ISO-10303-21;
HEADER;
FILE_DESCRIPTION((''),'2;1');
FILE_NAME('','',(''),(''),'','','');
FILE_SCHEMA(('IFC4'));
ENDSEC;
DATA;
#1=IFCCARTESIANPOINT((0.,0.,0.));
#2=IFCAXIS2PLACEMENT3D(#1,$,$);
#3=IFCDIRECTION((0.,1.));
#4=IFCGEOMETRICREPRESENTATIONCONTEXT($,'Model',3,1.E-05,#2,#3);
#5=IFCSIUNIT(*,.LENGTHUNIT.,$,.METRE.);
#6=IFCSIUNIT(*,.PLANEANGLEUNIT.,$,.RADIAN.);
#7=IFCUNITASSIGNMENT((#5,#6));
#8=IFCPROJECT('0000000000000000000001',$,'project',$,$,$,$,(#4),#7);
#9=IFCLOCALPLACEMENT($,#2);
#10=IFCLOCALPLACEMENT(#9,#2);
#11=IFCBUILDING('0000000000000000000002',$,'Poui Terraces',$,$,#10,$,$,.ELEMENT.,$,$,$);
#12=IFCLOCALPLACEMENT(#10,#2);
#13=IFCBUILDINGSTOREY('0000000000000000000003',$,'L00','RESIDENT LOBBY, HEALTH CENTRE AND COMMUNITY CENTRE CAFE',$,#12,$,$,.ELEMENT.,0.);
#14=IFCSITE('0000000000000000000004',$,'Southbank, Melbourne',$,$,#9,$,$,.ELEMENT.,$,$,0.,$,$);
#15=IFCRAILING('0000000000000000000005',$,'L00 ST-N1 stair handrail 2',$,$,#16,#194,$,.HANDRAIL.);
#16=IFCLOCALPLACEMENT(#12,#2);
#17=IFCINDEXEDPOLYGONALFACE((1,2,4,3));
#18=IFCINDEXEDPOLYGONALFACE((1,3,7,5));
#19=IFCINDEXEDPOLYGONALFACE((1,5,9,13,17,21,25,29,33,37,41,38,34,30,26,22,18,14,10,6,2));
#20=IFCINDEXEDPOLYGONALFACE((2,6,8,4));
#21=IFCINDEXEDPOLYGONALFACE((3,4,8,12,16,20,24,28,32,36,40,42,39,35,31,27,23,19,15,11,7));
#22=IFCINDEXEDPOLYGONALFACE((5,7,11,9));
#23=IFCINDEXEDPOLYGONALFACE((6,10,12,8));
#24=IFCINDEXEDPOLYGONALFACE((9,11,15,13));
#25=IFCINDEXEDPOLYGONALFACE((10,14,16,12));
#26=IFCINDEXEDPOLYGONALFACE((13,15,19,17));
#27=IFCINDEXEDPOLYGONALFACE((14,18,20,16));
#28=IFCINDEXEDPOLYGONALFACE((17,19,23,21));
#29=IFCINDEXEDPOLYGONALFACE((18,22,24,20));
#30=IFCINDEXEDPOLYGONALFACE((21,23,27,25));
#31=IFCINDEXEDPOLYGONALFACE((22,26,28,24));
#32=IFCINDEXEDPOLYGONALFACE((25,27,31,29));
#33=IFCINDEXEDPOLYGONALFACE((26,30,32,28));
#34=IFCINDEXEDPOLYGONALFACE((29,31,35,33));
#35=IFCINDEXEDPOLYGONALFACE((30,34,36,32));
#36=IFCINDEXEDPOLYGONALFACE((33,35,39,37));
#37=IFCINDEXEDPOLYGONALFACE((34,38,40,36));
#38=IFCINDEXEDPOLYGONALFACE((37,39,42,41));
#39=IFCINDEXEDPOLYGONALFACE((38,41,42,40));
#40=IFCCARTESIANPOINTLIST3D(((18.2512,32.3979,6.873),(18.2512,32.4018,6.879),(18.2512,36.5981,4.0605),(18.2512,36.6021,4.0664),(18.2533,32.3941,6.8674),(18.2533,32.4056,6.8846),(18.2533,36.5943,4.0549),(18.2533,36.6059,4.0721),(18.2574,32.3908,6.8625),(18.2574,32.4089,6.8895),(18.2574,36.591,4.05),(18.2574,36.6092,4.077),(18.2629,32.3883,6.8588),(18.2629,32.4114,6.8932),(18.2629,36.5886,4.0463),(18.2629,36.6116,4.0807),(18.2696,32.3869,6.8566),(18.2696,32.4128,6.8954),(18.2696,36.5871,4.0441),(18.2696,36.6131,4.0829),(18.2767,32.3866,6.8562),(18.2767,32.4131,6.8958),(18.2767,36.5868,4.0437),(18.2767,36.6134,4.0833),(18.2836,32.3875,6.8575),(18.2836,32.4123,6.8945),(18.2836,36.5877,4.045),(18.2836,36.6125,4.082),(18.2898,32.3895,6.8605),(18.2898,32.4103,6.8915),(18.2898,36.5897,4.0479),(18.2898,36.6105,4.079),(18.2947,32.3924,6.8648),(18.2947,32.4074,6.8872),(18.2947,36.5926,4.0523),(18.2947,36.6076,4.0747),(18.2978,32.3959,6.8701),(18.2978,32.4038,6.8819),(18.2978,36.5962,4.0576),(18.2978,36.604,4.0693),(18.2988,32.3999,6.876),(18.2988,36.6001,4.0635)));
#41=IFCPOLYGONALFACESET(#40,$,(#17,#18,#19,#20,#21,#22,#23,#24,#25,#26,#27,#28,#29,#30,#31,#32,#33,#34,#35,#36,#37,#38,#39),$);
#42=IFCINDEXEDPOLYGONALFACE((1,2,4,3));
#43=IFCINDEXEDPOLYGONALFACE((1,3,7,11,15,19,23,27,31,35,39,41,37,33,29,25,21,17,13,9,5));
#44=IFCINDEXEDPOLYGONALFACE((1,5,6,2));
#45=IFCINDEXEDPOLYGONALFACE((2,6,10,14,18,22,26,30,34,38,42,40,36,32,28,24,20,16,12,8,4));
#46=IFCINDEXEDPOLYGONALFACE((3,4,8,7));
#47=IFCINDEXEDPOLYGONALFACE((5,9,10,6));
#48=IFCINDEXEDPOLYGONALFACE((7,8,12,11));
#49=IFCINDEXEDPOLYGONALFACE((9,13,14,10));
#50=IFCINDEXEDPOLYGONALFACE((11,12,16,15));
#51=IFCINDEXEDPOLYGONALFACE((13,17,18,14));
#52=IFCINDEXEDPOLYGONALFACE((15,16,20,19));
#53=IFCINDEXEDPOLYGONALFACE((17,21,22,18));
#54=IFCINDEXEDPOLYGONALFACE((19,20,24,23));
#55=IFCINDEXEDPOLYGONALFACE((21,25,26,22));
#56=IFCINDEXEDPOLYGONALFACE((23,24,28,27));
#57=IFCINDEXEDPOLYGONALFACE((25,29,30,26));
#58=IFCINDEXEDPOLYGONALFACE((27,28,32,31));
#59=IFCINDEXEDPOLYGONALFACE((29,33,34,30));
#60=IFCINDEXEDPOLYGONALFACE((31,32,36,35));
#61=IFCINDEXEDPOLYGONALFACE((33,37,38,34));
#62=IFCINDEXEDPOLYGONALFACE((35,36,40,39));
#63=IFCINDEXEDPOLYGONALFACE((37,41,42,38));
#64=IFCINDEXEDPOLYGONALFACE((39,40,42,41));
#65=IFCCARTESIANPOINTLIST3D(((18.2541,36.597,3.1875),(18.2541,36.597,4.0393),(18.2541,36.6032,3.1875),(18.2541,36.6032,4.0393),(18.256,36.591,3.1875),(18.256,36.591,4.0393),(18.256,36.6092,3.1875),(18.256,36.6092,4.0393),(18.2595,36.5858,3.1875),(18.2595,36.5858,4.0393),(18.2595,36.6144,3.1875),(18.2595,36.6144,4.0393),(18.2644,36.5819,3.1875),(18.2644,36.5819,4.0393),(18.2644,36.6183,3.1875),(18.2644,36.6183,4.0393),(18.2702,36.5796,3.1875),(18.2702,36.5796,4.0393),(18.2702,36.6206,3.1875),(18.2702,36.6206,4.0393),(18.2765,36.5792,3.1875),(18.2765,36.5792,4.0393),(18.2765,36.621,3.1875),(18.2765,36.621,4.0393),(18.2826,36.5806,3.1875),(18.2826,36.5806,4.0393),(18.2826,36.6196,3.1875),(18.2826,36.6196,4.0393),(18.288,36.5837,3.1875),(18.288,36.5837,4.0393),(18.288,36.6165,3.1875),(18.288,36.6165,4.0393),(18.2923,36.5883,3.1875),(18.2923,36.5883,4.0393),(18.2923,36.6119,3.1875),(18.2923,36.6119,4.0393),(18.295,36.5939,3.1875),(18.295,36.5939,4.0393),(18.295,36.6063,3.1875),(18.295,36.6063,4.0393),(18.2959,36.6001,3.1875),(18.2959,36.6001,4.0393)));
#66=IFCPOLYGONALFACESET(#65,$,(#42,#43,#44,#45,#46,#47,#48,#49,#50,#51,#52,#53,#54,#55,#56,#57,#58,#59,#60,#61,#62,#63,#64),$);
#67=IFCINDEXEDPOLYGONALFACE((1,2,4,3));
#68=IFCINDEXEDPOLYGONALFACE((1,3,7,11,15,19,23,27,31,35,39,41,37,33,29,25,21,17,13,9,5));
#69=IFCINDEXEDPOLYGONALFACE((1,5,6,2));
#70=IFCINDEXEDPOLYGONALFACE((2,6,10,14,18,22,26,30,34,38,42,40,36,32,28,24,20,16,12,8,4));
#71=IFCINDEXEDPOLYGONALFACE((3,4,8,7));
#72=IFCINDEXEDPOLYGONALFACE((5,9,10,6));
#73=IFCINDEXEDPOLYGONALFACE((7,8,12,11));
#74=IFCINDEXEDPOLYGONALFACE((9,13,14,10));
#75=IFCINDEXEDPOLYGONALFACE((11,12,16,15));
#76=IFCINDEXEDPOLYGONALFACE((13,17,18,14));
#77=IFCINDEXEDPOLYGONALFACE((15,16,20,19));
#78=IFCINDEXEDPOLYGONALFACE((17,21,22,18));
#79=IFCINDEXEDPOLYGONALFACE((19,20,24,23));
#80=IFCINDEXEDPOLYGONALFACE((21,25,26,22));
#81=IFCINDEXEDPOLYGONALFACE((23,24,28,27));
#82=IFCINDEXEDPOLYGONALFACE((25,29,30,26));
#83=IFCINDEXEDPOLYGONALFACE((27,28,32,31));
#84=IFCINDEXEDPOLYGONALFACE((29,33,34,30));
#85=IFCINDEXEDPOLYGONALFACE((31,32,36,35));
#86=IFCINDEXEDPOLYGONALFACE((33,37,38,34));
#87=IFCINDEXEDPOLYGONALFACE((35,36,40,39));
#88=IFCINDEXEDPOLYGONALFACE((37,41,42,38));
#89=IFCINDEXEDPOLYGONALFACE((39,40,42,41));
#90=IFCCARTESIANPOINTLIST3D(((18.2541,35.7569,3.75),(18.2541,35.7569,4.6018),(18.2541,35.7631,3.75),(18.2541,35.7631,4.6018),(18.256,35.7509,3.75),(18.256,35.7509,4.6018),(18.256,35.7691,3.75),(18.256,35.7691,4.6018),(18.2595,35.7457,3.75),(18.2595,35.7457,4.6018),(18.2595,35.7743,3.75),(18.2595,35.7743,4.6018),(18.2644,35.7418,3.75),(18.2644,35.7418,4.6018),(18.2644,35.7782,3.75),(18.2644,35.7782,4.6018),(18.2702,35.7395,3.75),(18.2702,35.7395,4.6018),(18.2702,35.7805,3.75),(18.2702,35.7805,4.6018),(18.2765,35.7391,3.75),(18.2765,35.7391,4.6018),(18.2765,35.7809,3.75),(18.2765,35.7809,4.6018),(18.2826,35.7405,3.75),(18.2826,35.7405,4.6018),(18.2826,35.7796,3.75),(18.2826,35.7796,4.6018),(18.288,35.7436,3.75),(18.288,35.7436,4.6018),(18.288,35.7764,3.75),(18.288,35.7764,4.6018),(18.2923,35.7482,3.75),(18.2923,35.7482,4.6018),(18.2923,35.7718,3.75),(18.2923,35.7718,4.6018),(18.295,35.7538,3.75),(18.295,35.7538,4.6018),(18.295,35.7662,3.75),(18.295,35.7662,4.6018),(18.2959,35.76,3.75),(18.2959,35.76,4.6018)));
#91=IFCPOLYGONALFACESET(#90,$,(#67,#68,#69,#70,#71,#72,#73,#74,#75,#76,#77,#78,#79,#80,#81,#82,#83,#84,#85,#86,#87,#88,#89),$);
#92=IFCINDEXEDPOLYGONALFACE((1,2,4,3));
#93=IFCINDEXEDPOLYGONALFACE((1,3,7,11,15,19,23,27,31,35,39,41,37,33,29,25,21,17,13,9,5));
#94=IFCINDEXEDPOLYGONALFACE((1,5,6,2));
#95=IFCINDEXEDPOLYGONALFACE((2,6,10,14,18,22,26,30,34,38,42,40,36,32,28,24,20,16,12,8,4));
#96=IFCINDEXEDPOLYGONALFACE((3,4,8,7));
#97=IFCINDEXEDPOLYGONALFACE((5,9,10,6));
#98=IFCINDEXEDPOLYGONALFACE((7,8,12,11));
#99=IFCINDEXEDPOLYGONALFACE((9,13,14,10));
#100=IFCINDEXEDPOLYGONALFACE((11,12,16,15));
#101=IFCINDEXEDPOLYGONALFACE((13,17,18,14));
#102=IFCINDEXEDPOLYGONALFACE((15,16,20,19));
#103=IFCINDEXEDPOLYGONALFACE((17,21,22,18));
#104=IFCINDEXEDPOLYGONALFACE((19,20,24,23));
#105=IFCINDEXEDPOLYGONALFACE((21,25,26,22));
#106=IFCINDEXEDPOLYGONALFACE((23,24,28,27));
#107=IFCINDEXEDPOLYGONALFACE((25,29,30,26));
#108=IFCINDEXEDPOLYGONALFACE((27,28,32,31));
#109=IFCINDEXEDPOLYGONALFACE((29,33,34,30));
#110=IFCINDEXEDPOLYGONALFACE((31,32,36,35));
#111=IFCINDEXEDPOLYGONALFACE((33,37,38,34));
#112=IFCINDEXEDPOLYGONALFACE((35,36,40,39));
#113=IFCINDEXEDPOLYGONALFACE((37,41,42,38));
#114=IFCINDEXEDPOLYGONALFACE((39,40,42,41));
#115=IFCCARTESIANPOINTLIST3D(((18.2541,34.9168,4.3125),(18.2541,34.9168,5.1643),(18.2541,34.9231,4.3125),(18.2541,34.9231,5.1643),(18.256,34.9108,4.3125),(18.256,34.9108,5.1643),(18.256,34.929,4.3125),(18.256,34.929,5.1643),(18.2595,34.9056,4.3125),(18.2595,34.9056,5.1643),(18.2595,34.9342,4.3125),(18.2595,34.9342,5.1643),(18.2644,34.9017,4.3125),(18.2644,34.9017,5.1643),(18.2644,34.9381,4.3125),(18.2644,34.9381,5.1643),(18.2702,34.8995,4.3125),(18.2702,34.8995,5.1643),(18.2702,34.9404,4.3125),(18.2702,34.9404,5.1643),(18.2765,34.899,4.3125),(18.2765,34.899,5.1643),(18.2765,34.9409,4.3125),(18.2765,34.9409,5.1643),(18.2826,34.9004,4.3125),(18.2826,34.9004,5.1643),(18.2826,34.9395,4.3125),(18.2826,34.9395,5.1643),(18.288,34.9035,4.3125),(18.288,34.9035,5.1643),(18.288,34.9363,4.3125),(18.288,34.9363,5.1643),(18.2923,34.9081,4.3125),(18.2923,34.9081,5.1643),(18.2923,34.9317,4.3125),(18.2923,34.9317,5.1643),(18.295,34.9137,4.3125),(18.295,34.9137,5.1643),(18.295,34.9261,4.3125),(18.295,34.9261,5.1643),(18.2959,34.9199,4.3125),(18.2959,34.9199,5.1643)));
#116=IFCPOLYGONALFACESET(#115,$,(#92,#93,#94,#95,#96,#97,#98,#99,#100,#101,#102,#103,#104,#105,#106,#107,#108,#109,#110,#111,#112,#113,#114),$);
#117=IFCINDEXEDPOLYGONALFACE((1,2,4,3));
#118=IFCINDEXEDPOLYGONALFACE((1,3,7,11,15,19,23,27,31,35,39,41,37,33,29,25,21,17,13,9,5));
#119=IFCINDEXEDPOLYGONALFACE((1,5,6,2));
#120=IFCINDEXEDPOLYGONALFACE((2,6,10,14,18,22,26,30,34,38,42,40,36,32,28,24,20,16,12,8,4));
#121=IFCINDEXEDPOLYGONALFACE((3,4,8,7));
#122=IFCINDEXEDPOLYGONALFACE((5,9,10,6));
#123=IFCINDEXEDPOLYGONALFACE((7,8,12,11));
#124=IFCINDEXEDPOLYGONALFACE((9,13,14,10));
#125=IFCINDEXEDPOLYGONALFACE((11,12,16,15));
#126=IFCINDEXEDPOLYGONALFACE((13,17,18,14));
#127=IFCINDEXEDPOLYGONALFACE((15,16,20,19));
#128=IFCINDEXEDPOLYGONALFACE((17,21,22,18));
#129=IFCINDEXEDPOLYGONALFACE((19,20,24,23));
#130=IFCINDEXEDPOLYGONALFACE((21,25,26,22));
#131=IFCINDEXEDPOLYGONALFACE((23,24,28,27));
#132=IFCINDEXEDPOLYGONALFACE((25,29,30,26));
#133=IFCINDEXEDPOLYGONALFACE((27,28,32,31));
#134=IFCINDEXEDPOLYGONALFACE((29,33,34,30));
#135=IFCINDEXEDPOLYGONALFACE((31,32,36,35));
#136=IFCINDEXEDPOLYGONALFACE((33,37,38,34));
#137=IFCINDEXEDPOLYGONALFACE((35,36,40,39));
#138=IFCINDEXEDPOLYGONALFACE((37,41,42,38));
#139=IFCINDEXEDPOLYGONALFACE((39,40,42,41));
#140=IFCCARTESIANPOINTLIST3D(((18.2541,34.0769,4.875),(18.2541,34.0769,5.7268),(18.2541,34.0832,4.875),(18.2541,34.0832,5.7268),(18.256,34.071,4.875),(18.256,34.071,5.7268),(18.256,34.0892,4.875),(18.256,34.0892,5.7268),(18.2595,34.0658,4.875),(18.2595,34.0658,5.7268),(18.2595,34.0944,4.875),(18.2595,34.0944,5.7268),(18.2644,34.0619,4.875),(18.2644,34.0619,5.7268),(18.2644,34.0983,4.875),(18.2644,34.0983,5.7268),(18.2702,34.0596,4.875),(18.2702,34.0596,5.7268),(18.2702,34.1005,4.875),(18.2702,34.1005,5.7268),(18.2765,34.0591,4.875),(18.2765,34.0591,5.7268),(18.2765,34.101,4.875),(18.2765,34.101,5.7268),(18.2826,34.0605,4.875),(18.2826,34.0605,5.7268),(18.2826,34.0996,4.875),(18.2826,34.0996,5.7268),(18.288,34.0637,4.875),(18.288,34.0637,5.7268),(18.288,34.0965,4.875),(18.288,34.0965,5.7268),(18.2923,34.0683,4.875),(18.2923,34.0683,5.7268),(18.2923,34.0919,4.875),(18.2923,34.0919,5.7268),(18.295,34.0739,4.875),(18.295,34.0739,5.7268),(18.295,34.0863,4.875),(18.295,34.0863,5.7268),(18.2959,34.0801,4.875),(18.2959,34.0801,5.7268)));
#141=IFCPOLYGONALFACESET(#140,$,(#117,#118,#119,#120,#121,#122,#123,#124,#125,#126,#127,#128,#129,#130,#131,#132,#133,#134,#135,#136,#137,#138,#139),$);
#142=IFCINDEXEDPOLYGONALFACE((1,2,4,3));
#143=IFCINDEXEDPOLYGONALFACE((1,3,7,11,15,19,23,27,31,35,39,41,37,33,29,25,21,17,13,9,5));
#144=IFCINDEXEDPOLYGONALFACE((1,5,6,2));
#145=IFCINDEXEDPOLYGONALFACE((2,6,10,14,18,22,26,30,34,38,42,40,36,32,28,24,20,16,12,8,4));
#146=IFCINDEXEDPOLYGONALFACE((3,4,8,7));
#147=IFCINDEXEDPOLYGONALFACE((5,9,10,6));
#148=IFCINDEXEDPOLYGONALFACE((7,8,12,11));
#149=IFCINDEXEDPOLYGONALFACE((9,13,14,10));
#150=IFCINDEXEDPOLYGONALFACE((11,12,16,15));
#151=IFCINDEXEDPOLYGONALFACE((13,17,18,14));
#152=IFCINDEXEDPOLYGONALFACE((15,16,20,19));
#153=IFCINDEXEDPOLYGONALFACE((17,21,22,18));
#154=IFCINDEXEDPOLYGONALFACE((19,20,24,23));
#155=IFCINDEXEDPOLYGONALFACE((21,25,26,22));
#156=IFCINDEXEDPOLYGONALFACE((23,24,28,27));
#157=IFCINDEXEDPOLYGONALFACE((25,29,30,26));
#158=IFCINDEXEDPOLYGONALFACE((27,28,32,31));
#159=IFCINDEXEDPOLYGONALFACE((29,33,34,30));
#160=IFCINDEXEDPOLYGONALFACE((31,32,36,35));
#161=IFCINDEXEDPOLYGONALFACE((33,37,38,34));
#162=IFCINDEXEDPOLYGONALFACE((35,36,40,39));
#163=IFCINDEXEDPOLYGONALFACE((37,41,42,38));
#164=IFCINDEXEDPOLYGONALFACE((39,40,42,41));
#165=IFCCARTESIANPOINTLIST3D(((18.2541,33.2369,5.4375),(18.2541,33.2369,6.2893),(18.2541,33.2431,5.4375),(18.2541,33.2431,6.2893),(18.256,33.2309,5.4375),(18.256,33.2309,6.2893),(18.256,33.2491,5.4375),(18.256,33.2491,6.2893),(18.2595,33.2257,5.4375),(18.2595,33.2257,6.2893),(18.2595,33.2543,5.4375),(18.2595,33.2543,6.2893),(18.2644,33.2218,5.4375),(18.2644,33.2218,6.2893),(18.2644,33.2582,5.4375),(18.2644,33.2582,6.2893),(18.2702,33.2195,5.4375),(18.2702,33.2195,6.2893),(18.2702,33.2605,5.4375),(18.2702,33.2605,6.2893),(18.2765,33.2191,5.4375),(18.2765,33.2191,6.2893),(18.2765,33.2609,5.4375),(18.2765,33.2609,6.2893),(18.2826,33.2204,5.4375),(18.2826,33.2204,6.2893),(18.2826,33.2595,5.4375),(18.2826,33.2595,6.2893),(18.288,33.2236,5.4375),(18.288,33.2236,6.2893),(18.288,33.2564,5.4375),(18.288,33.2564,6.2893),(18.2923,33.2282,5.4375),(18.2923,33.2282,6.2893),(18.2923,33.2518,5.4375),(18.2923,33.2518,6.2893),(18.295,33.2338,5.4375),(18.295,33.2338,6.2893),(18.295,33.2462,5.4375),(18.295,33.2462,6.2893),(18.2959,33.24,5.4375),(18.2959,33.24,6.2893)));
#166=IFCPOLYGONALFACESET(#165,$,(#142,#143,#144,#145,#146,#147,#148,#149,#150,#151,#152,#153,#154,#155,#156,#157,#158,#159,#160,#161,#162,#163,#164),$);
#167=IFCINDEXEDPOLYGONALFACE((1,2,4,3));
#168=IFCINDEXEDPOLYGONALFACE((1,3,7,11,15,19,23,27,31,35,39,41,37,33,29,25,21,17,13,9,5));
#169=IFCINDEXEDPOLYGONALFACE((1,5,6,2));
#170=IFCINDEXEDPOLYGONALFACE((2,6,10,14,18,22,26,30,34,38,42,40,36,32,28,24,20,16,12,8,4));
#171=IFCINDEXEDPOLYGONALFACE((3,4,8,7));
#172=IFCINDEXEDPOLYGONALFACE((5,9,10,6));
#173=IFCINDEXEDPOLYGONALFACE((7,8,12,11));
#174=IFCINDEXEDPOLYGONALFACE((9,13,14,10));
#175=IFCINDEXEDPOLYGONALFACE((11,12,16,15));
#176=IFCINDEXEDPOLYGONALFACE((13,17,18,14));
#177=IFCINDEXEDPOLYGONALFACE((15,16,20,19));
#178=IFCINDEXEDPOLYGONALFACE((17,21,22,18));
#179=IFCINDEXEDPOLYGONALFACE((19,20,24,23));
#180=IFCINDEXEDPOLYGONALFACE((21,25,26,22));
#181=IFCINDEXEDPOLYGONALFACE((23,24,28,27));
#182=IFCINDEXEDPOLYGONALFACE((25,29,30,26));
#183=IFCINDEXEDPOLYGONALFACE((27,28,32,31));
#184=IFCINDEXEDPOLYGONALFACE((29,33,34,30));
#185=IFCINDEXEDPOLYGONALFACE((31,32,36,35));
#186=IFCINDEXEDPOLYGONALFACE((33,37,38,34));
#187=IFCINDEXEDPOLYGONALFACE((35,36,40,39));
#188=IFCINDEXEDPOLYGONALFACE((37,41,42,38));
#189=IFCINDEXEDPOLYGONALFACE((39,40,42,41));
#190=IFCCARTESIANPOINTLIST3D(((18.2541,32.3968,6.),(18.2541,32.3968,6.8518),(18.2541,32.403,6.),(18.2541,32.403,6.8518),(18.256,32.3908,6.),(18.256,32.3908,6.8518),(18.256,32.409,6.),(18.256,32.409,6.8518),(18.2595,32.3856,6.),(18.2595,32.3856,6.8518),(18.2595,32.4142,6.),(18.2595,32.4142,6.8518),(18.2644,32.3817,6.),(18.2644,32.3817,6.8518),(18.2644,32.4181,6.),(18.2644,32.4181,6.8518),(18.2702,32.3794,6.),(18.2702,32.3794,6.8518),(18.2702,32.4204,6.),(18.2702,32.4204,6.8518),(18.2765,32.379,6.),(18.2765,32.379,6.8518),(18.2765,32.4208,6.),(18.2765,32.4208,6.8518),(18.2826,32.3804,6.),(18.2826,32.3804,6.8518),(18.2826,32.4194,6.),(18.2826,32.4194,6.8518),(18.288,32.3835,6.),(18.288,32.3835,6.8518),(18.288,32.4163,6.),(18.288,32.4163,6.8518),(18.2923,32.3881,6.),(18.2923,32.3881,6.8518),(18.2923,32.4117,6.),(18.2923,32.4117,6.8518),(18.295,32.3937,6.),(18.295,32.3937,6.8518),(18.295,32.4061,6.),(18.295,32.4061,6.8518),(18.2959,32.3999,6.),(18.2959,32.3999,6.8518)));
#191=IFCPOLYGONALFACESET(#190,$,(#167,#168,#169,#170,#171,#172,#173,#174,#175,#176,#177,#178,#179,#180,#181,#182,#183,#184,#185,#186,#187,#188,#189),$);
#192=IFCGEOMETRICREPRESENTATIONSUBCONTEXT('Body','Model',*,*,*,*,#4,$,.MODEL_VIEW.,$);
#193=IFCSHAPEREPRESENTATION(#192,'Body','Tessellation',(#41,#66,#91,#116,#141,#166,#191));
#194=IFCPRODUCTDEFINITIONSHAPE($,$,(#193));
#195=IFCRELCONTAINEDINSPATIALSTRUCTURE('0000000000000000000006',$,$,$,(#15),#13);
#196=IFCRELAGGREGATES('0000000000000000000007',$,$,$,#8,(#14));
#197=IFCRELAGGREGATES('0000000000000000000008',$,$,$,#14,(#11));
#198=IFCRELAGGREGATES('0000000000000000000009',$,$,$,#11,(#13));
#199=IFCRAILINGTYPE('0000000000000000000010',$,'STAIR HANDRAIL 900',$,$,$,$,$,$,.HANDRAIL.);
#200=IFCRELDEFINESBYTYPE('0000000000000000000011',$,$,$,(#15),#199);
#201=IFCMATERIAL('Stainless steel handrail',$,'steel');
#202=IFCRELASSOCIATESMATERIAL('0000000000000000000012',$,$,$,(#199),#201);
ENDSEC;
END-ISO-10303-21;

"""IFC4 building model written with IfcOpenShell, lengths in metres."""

from ifc_helpers import new_model, si_unit, direction, frame, origin, origin_2d, place, context, subcontext, project, spatial, circle, extrude, material, type_object, element, save


model = new_model("IFC4")

# Units and contexts
model_context = context("Model", 3, precision=1e-05, world=origin(), true_north=direction((0.0, 1.0)))
body_context = subcontext(model_context, "Body", "Model", "MODEL_VIEW")
ifc_project = project(units=[si_unit("LENGTHUNIT", "METRE"), si_unit("PLANEANGLEUNIT", "RADIAN")], contexts=[model_context])

# Site, building, storey
site_placement = place(None, origin())
site = spatial("IfcSite", under=ifc_project, at=site_placement, Name="Southbank, Melbourne", CompositionType="ELEMENT", RefElevation=0.0)
building_placement = place(site_placement, origin())
building = spatial("IfcBuilding", under=site, at=building_placement, Name="Poui Terraces", CompositionType="ELEMENT")
storey_placement = place(building_placement, origin())
storey = spatial("IfcBuildingStorey", under=building, at=storey_placement, Name="L00", Description="RESIDENT LOBBY, HEALTH CENTRE AND COMMUNITY CENTRE CAFE", CompositionType="ELEMENT", Elevation=0.0)

# Railing
ifc_material_1 = material(Name="Stainless steel handrail", Category="steel")
railing_type_1 = type_object("IfcRailingType", Name="STAIR HANDRAIL 900", PredefinedType="HANDRAIL", material=ifc_material_1)
railing_1_placement = place(storey_placement, frame((18.2749, 36.6001, 3.1875)))
element("IfcRailing", 1, at=railing_1_placement, inside=storey, type_object=railing_type_1, Name="L00 ST-N1 stair handrail 2", PredefinedType="HANDRAIL", context=body_context, shape_type="SweptSolid", body=[
    extrude(circle(Radius=0.0239, at=origin_2d()), frame((0.0, 0.0, 0.876), z_axis=(0.0, -0.830919, 0.556393), x_axis=(1.0, 0.0, 0.0)), (0.0, 0.0, 1.0), 5.0549),
    extrude(circle(Radius=0.021, at=origin_2d()), origin(), (0.0, 0.0, 1.0), 0.8518),
    extrude(circle(Radius=0.021, at=origin_2d()), frame((0.0, -0.8401, 0.5625)), (0.0, 0.0, 1.0), 0.8518),
    extrude(circle(Radius=0.021, at=origin_2d()), frame((0.0, -1.6802, 1.125)), (0.0, 0.0, 1.0), 0.8518),
    extrude(circle(Radius=0.021, at=origin_2d()), frame((0.0, -2.52, 1.6875)), (0.0, 0.0, 1.0), 0.8518),
    extrude(circle(Radius=0.021, at=origin_2d()), frame((0.0, -3.3601, 2.25)), (0.0, 0.0, 1.0), 0.8518),
    extrude(circle(Radius=0.021, at=origin_2d()), frame((0.0, -4.2002, 2.8125)), (0.0, 0.0, 1.0), 0.8518),
])

save(model, "model.ifc")
